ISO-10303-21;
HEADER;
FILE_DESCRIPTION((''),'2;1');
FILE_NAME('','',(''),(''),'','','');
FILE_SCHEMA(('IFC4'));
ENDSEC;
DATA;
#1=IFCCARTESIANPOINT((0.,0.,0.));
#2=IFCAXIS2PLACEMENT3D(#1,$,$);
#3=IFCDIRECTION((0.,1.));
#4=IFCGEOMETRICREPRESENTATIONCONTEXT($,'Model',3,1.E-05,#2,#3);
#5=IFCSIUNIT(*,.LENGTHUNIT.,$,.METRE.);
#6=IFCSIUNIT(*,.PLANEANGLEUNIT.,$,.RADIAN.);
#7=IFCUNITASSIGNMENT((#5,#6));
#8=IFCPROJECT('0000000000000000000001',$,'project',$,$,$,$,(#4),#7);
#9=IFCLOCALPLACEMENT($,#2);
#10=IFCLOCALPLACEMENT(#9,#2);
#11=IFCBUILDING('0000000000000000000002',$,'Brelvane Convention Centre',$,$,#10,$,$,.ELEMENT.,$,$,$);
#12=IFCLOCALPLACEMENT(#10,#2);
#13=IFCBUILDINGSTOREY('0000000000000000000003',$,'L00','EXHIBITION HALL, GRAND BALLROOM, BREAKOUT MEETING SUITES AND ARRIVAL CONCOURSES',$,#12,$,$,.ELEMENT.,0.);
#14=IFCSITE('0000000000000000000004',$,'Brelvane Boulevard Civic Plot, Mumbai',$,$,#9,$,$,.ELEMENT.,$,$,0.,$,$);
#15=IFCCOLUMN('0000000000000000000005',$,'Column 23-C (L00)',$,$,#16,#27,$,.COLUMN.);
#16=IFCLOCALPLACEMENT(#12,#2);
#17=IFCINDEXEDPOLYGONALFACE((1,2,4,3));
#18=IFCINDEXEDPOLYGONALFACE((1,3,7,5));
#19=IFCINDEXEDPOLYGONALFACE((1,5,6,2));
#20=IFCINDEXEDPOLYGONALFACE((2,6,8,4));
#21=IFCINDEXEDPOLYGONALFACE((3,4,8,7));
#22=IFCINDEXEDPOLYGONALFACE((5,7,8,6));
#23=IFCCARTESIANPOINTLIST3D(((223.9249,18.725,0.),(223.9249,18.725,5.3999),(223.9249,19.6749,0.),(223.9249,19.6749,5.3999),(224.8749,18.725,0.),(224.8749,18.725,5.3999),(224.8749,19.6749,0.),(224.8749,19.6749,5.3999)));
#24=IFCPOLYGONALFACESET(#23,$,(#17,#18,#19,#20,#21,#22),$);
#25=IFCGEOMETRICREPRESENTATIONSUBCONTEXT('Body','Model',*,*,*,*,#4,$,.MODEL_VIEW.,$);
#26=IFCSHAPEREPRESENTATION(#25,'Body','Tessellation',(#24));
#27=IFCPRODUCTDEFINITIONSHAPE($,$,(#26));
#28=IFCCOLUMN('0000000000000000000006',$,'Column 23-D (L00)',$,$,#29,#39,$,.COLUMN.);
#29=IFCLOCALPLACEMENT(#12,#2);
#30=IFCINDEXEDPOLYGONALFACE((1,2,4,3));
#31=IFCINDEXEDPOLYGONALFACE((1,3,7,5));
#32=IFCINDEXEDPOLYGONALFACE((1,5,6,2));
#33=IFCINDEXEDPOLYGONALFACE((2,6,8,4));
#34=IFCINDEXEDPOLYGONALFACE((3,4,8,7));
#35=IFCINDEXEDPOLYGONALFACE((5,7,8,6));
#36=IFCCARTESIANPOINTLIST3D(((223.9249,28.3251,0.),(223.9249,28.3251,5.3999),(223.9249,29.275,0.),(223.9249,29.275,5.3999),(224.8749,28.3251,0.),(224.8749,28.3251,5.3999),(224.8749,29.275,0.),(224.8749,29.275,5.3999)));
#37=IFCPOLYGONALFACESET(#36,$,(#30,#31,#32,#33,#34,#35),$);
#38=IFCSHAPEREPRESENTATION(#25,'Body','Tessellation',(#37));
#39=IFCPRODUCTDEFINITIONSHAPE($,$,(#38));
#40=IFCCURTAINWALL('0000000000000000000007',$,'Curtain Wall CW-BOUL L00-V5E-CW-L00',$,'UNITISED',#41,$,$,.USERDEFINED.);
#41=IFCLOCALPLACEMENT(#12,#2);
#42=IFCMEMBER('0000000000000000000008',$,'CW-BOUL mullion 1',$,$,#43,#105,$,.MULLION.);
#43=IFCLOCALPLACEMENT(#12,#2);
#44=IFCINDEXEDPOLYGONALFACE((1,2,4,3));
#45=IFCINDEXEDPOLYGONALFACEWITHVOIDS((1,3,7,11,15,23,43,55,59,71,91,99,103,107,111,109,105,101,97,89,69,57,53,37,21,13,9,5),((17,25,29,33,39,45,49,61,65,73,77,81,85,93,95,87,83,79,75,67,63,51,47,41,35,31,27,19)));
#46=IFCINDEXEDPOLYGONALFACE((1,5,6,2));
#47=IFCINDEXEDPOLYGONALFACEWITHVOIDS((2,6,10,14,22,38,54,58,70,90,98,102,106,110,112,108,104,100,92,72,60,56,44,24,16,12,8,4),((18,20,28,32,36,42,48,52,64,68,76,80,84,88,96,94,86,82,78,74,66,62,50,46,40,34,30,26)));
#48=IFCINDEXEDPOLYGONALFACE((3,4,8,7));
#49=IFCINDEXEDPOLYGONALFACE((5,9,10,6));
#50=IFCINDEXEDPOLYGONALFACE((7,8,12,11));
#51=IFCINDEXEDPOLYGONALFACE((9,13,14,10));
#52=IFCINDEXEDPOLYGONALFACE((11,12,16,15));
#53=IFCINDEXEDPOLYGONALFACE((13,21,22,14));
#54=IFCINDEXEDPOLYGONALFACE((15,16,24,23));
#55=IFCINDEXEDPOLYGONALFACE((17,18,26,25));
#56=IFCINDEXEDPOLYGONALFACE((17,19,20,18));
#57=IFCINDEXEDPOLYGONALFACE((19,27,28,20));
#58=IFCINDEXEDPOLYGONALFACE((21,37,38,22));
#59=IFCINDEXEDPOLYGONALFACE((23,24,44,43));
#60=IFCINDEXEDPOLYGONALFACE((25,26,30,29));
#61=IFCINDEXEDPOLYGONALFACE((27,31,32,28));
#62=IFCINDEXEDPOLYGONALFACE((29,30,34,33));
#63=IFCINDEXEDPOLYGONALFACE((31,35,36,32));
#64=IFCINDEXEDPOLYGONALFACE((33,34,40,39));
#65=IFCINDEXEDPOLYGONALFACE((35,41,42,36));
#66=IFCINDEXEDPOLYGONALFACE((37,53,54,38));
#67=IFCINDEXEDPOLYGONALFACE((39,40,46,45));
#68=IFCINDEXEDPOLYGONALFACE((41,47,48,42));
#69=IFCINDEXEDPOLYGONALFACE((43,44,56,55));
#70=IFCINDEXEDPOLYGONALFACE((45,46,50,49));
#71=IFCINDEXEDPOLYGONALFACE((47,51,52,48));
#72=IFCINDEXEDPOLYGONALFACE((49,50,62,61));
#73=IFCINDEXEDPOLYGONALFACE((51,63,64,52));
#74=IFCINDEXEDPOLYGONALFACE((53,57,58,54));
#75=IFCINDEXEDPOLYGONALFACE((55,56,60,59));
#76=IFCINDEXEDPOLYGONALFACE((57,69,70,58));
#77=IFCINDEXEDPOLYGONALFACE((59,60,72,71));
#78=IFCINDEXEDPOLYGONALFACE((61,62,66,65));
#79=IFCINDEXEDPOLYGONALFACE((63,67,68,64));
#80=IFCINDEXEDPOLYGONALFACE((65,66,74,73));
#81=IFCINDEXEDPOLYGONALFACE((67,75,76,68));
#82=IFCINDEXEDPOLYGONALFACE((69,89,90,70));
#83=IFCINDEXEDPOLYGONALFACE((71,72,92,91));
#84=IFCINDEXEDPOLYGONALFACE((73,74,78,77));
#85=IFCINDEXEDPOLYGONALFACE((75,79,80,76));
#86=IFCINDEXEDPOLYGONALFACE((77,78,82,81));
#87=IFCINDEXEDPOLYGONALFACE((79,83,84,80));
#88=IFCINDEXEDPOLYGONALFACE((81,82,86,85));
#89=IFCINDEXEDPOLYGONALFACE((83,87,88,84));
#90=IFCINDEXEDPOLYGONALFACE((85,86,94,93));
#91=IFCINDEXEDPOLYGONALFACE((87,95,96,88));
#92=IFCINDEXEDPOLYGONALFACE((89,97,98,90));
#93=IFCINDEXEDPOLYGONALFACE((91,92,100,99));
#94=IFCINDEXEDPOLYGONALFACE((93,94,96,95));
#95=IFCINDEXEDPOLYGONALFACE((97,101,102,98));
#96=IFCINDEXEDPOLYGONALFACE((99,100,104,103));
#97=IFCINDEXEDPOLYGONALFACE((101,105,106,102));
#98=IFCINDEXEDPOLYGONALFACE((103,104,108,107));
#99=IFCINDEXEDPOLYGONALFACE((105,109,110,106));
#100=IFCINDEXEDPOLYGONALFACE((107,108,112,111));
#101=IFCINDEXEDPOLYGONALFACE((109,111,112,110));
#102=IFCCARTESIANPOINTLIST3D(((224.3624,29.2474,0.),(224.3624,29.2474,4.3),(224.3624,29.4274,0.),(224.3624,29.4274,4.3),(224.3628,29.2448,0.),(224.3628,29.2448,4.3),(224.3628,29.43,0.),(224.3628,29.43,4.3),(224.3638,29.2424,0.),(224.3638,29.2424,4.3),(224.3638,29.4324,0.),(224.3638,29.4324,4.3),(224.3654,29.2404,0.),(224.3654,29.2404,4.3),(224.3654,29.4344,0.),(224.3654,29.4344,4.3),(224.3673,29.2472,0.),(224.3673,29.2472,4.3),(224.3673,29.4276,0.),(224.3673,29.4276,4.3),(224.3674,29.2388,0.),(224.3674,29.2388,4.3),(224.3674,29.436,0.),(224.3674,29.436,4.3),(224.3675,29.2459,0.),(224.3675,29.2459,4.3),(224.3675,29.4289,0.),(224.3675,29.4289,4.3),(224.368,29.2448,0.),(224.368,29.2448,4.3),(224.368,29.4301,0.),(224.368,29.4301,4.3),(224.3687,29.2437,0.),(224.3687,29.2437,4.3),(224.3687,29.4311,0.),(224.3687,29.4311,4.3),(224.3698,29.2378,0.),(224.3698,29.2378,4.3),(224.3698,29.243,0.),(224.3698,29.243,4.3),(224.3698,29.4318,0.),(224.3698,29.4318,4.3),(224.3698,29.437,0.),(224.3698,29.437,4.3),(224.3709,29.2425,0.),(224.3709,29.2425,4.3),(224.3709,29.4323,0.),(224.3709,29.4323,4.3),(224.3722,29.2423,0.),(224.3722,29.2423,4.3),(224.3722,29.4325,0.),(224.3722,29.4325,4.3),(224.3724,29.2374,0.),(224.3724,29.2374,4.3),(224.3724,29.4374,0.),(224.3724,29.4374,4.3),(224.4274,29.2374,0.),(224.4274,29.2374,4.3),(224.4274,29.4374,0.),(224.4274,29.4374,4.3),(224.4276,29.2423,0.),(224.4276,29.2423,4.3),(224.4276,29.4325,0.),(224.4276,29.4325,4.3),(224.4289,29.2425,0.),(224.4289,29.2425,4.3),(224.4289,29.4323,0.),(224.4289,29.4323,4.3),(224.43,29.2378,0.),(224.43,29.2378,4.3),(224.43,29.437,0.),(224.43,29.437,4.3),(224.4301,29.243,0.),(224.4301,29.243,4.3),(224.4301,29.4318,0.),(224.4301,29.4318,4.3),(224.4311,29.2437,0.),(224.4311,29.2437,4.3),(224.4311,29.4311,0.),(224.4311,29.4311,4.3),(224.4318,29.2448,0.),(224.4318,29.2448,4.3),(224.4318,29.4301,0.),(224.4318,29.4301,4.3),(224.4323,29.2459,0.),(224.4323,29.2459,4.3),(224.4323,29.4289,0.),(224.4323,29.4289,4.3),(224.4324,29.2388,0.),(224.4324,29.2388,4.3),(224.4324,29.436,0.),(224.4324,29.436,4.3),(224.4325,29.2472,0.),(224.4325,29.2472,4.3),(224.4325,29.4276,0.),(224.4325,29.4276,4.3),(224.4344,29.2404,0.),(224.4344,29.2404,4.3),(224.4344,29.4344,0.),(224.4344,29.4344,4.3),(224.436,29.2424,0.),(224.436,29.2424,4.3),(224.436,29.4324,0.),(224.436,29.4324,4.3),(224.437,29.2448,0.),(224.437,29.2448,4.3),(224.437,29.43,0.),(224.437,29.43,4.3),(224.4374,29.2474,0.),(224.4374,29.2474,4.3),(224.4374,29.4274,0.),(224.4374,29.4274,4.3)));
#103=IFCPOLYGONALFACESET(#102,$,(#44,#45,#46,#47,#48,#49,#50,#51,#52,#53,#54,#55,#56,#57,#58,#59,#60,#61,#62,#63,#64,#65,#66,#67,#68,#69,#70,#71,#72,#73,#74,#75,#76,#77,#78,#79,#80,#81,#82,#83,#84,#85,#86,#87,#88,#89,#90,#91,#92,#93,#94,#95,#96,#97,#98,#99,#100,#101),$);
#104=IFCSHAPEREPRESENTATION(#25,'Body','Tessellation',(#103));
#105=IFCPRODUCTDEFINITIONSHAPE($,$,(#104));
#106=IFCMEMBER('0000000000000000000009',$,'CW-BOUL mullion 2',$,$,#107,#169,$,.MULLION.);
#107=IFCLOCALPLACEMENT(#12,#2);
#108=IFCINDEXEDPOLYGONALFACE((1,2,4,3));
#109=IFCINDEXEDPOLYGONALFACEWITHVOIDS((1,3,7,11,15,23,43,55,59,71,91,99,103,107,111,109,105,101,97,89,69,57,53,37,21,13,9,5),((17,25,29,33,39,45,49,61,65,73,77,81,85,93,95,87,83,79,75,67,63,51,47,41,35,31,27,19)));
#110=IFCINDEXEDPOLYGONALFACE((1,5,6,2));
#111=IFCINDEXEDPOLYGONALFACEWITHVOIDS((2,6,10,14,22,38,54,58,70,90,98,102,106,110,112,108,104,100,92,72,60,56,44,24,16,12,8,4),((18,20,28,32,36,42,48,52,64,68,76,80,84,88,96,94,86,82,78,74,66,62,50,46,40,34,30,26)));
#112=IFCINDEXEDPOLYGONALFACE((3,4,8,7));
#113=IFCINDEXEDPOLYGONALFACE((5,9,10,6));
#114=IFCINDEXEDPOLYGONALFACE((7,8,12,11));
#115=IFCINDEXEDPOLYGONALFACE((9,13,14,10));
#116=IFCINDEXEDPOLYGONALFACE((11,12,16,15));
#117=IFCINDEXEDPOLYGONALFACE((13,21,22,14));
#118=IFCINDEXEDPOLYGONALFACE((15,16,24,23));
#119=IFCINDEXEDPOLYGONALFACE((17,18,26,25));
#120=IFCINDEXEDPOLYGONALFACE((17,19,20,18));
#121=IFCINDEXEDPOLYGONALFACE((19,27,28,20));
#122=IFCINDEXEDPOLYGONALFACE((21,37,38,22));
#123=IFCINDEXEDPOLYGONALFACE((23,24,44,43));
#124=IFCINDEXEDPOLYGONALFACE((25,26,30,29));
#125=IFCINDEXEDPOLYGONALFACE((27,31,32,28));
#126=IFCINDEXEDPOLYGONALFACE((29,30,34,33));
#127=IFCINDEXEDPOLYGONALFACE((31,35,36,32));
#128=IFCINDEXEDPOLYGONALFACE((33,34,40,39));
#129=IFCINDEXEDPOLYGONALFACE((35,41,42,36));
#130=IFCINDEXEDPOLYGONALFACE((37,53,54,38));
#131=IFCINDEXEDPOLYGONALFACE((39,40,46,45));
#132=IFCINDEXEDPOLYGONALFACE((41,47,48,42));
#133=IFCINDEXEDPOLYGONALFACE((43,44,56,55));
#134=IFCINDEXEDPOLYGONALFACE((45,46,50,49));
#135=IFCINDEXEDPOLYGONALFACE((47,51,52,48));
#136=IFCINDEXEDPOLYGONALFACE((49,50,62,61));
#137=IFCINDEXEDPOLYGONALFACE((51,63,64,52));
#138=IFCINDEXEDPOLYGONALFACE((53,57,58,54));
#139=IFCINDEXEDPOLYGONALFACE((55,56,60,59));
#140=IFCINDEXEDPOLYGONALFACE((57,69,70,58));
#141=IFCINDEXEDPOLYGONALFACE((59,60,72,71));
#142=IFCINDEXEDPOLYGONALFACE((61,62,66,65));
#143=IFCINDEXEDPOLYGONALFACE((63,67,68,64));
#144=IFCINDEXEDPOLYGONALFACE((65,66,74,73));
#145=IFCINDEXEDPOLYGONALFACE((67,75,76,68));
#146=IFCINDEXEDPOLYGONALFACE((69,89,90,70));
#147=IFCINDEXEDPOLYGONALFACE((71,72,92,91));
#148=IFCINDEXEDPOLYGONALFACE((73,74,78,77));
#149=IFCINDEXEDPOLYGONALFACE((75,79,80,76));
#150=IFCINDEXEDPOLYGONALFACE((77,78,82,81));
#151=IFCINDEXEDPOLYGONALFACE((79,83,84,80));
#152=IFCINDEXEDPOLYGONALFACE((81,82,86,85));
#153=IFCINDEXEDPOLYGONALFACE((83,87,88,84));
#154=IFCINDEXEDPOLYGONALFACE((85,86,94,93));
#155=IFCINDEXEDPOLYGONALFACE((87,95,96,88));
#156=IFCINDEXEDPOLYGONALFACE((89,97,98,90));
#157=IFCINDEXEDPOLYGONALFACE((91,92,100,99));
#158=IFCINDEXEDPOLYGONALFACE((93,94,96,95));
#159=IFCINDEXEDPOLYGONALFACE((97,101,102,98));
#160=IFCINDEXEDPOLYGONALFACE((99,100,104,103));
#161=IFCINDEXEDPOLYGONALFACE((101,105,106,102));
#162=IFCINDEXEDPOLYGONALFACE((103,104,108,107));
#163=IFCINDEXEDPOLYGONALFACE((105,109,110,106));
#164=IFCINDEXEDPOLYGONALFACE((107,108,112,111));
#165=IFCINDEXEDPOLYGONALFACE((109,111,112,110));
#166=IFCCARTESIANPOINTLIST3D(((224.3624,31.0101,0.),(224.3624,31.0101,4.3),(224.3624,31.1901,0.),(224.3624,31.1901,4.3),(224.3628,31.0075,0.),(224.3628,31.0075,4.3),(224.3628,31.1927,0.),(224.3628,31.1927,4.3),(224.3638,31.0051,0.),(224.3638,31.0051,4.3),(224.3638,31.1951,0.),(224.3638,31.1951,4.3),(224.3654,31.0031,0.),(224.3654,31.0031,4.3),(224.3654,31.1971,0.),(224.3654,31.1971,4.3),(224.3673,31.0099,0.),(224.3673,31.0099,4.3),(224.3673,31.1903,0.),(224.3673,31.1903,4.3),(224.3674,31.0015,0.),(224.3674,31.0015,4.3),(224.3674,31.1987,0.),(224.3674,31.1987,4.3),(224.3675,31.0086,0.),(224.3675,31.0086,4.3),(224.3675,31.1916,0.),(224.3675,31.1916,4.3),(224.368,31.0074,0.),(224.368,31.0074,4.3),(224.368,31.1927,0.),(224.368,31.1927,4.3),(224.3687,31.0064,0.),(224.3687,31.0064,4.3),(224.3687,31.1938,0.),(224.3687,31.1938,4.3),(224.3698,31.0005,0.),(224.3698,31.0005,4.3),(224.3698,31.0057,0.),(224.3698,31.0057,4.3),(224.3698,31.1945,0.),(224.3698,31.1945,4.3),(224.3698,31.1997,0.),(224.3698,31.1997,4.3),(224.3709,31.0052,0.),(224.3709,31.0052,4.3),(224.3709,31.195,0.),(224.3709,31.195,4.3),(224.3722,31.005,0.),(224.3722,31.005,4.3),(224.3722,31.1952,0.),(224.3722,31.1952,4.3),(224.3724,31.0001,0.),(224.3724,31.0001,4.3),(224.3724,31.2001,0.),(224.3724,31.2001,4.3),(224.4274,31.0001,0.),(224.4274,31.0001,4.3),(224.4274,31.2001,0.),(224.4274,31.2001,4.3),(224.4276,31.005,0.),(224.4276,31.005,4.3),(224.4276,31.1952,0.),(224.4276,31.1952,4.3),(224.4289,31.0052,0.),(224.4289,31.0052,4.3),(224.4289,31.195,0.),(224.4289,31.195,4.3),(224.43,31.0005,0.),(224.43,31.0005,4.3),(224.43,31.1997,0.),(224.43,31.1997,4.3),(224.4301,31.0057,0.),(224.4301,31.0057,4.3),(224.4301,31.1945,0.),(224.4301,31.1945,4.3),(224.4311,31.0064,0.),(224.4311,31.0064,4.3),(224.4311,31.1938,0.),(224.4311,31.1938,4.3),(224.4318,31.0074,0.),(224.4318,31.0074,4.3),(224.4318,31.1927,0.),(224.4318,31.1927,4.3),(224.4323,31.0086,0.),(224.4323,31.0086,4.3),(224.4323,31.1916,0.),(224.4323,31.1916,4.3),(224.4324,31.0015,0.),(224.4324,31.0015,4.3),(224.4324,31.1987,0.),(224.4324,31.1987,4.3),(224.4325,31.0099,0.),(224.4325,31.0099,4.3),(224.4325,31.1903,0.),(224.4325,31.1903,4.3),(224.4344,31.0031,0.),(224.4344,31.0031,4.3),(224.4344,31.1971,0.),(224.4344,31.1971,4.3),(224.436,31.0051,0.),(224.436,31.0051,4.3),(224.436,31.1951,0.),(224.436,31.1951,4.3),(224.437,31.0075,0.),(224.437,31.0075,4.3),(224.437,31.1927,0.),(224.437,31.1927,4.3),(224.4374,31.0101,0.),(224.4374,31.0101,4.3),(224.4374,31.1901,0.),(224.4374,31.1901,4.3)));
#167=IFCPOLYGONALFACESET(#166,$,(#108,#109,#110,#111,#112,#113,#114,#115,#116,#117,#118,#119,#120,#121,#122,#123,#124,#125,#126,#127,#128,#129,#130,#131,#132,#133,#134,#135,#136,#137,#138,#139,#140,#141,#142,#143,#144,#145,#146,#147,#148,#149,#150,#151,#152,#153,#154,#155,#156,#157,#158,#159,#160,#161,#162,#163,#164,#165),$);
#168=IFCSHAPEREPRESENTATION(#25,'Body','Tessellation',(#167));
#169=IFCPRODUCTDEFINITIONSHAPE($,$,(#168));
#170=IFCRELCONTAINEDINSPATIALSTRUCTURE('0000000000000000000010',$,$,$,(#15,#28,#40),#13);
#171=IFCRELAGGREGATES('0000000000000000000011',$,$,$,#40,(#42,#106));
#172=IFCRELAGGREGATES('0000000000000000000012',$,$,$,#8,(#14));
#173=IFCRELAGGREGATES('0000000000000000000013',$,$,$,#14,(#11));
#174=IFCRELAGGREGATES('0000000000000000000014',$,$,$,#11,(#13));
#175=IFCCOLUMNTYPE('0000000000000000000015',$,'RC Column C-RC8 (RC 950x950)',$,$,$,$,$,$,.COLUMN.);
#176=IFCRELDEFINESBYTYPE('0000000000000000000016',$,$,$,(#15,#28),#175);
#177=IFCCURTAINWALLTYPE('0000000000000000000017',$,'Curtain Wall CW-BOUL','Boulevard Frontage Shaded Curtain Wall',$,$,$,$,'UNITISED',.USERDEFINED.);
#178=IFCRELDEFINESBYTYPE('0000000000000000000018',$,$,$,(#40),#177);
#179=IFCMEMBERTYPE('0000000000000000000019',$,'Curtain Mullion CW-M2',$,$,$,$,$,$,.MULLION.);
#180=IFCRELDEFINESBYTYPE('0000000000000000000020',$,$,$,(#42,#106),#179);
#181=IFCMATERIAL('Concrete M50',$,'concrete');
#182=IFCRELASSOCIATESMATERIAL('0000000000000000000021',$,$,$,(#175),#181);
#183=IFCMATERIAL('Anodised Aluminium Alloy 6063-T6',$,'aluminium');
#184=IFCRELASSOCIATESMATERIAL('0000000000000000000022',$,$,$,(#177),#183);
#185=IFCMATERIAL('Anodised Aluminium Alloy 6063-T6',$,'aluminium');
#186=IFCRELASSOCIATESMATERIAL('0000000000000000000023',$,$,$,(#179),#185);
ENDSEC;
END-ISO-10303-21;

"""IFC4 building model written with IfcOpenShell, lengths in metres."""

from ifc_helpers import new_model, si_unit, direction, frame, origin, origin_2d, place, context, subcontext, project, spatial, rectangle, hollow_rectangle, extrude, material, material_profile, profile_set, type_object, element, aggregate, save


model = new_model("IFC4")

# Units and contexts
model_context = context("Model", 3, precision=1e-05, world=origin(), true_north=direction((0.0, 1.0)))
body_context = subcontext(model_context, "Body", "Model", "MODEL_VIEW")
ifc_project = project(units=[si_unit("LENGTHUNIT", "METRE"), si_unit("PLANEANGLEUNIT", "RADIAN")], contexts=[model_context])

# Site, building, storey
site_placement = place(None, origin())
site = spatial("IfcSite", under=ifc_project, at=site_placement, Name="Brelvane Boulevard Civic Plot, Mumbai", CompositionType="ELEMENT", RefElevation=0.0)
building_placement = place(site_placement, origin())
building = spatial("IfcBuilding", under=site, at=building_placement, Name="Brelvane Convention Centre", CompositionType="ELEMENT")
storey_placement = place(building_placement, origin())
storey = spatial("IfcBuildingStorey", under=building, at=storey_placement, Name="L00", Description="EXHIBITION HALL, GRAND BALLROOM, BREAKOUT MEETING SUITES AND ARRIVAL CONCOURSES", CompositionType="ELEMENT", Elevation=0.0)

# Columns
ifc_material_1 = material(Name="Concrete M50", Category="concrete")
ifc_material_profile_1 = material_profile(ifc_material_1, rectangle(XDim=0.95, YDim=0.95, at=origin_2d()), Name="RC 950x950")
ifc_profile_set_1 = profile_set([ifc_material_profile_1], Name="Concrete M50")
column_type = type_object("IfcColumnType", Name="RC Column C-RC8 (RC 950x950)", PredefinedType="COLUMN", material=ifc_profile_set_1)
for number, where, z_axis, x_axis, name in (
    (1, (224.3999, 19.2, 0.0), (0.0, 0.0, 1.0), (1.0, 0.0, 0.0), "Column 23-C (L00)"),
    (2, (224.3999, 28.8, 0.0), (0.0, 0.0, 1.0), (1.0, 0.0, 0.0), "Column 23-D (L00)"),
):
    element("IfcColumn", number, at=place(storey_placement, frame(where, z_axis=z_axis, x_axis=x_axis)), inside=storey, type_object=column_type, Name=name, PredefinedType="COLUMN", context=body_context, shape_type="SweptSolid", body=[
        extrude(rectangle(XDim=0.95, YDim=0.95, at=origin_2d()), origin(), (0.0, 0.0, 1.0), 5.3999),
    ])

# Curtain wall, members
ifc_material_2 = material(Name="Anodised Aluminium Alloy 6063-T6", Category="aluminium")
curtain_wall_type = type_object("IfcCurtainWallType", Name="Curtain Wall CW-BOUL", Description="Boulevard Frontage Shaded Curtain Wall", ElementType="UNITISED", PredefinedType="USERDEFINED", material=ifc_material_2)
curtain_wall_placement = place(storey_placement, origin())
curtain_wall = element("IfcCurtainWall", 3, at=curtain_wall_placement, inside=storey, type_object=curtain_wall_type, Name="Curtain Wall CW-BOUL L00-V5E-CW-L00", ObjectType="UNITISED", PredefinedType="USERDEFINED")
ifc_material_3 = material(Name="Anodised Aluminium Alloy 6063-T6", Category="aluminium")
ifc_material_profile_2 = material_profile(ifc_material_3, hollow_rectangle(XDim=0.075, YDim=0.2, WallThickness=0.0049, InnerFilletRadius=0.0049, OuterFilletRadius=0.01, at=origin_2d()), Name="ALU-M 200x75x5.0")
ifc_profile_set_2 = profile_set([ifc_material_profile_2], Name="Anodised Aluminium Alloy 6063-T6")
member_type_1 = type_object("IfcMemberType", Name="Curtain Mullion CW-M2", PredefinedType="MULLION", material=ifc_profile_set_2)
member_1_placement = place(storey_placement, frame((224.3999, 29.3374, 0.0), z_axis=(0.0, 0.0, 1.0), x_axis=(-1.0, 0.0, 0.0)))
member_1 = element("IfcMember", 4, at=member_1_placement, type_object=member_type_1, Name="CW-BOUL mullion 1", PredefinedType="MULLION", context=body_context, shape_type="SweptSolid", body=[
    extrude(hollow_rectangle(XDim=0.075, YDim=0.2, WallThickness=0.0049, InnerFilletRadius=0.0049, OuterFilletRadius=0.01, at=origin_2d()), origin(), (0.0, 0.0, 1.0), 4.3),
])
member_2_placement = place(storey_placement, frame((224.3999, 31.1001, 0.0), z_axis=(0.0, 0.0, 1.0), x_axis=(-1.0, 0.0, 0.0)))
member_2 = element("IfcMember", 5, at=member_2_placement, type_object=member_type_1, Name="CW-BOUL mullion 2", PredefinedType="MULLION", context=body_context, shape_type="SweptSolid", body=[
    extrude(hollow_rectangle(XDim=0.075, YDim=0.2, WallThickness=0.0049, InnerFilletRadius=0.0049, OuterFilletRadius=0.01, at=origin_2d()), origin(), (0.0, 0.0, 1.0), 4.3),
])

aggregate(curtain_wall, [member_1, member_2])

save(model, "model.ifc")
